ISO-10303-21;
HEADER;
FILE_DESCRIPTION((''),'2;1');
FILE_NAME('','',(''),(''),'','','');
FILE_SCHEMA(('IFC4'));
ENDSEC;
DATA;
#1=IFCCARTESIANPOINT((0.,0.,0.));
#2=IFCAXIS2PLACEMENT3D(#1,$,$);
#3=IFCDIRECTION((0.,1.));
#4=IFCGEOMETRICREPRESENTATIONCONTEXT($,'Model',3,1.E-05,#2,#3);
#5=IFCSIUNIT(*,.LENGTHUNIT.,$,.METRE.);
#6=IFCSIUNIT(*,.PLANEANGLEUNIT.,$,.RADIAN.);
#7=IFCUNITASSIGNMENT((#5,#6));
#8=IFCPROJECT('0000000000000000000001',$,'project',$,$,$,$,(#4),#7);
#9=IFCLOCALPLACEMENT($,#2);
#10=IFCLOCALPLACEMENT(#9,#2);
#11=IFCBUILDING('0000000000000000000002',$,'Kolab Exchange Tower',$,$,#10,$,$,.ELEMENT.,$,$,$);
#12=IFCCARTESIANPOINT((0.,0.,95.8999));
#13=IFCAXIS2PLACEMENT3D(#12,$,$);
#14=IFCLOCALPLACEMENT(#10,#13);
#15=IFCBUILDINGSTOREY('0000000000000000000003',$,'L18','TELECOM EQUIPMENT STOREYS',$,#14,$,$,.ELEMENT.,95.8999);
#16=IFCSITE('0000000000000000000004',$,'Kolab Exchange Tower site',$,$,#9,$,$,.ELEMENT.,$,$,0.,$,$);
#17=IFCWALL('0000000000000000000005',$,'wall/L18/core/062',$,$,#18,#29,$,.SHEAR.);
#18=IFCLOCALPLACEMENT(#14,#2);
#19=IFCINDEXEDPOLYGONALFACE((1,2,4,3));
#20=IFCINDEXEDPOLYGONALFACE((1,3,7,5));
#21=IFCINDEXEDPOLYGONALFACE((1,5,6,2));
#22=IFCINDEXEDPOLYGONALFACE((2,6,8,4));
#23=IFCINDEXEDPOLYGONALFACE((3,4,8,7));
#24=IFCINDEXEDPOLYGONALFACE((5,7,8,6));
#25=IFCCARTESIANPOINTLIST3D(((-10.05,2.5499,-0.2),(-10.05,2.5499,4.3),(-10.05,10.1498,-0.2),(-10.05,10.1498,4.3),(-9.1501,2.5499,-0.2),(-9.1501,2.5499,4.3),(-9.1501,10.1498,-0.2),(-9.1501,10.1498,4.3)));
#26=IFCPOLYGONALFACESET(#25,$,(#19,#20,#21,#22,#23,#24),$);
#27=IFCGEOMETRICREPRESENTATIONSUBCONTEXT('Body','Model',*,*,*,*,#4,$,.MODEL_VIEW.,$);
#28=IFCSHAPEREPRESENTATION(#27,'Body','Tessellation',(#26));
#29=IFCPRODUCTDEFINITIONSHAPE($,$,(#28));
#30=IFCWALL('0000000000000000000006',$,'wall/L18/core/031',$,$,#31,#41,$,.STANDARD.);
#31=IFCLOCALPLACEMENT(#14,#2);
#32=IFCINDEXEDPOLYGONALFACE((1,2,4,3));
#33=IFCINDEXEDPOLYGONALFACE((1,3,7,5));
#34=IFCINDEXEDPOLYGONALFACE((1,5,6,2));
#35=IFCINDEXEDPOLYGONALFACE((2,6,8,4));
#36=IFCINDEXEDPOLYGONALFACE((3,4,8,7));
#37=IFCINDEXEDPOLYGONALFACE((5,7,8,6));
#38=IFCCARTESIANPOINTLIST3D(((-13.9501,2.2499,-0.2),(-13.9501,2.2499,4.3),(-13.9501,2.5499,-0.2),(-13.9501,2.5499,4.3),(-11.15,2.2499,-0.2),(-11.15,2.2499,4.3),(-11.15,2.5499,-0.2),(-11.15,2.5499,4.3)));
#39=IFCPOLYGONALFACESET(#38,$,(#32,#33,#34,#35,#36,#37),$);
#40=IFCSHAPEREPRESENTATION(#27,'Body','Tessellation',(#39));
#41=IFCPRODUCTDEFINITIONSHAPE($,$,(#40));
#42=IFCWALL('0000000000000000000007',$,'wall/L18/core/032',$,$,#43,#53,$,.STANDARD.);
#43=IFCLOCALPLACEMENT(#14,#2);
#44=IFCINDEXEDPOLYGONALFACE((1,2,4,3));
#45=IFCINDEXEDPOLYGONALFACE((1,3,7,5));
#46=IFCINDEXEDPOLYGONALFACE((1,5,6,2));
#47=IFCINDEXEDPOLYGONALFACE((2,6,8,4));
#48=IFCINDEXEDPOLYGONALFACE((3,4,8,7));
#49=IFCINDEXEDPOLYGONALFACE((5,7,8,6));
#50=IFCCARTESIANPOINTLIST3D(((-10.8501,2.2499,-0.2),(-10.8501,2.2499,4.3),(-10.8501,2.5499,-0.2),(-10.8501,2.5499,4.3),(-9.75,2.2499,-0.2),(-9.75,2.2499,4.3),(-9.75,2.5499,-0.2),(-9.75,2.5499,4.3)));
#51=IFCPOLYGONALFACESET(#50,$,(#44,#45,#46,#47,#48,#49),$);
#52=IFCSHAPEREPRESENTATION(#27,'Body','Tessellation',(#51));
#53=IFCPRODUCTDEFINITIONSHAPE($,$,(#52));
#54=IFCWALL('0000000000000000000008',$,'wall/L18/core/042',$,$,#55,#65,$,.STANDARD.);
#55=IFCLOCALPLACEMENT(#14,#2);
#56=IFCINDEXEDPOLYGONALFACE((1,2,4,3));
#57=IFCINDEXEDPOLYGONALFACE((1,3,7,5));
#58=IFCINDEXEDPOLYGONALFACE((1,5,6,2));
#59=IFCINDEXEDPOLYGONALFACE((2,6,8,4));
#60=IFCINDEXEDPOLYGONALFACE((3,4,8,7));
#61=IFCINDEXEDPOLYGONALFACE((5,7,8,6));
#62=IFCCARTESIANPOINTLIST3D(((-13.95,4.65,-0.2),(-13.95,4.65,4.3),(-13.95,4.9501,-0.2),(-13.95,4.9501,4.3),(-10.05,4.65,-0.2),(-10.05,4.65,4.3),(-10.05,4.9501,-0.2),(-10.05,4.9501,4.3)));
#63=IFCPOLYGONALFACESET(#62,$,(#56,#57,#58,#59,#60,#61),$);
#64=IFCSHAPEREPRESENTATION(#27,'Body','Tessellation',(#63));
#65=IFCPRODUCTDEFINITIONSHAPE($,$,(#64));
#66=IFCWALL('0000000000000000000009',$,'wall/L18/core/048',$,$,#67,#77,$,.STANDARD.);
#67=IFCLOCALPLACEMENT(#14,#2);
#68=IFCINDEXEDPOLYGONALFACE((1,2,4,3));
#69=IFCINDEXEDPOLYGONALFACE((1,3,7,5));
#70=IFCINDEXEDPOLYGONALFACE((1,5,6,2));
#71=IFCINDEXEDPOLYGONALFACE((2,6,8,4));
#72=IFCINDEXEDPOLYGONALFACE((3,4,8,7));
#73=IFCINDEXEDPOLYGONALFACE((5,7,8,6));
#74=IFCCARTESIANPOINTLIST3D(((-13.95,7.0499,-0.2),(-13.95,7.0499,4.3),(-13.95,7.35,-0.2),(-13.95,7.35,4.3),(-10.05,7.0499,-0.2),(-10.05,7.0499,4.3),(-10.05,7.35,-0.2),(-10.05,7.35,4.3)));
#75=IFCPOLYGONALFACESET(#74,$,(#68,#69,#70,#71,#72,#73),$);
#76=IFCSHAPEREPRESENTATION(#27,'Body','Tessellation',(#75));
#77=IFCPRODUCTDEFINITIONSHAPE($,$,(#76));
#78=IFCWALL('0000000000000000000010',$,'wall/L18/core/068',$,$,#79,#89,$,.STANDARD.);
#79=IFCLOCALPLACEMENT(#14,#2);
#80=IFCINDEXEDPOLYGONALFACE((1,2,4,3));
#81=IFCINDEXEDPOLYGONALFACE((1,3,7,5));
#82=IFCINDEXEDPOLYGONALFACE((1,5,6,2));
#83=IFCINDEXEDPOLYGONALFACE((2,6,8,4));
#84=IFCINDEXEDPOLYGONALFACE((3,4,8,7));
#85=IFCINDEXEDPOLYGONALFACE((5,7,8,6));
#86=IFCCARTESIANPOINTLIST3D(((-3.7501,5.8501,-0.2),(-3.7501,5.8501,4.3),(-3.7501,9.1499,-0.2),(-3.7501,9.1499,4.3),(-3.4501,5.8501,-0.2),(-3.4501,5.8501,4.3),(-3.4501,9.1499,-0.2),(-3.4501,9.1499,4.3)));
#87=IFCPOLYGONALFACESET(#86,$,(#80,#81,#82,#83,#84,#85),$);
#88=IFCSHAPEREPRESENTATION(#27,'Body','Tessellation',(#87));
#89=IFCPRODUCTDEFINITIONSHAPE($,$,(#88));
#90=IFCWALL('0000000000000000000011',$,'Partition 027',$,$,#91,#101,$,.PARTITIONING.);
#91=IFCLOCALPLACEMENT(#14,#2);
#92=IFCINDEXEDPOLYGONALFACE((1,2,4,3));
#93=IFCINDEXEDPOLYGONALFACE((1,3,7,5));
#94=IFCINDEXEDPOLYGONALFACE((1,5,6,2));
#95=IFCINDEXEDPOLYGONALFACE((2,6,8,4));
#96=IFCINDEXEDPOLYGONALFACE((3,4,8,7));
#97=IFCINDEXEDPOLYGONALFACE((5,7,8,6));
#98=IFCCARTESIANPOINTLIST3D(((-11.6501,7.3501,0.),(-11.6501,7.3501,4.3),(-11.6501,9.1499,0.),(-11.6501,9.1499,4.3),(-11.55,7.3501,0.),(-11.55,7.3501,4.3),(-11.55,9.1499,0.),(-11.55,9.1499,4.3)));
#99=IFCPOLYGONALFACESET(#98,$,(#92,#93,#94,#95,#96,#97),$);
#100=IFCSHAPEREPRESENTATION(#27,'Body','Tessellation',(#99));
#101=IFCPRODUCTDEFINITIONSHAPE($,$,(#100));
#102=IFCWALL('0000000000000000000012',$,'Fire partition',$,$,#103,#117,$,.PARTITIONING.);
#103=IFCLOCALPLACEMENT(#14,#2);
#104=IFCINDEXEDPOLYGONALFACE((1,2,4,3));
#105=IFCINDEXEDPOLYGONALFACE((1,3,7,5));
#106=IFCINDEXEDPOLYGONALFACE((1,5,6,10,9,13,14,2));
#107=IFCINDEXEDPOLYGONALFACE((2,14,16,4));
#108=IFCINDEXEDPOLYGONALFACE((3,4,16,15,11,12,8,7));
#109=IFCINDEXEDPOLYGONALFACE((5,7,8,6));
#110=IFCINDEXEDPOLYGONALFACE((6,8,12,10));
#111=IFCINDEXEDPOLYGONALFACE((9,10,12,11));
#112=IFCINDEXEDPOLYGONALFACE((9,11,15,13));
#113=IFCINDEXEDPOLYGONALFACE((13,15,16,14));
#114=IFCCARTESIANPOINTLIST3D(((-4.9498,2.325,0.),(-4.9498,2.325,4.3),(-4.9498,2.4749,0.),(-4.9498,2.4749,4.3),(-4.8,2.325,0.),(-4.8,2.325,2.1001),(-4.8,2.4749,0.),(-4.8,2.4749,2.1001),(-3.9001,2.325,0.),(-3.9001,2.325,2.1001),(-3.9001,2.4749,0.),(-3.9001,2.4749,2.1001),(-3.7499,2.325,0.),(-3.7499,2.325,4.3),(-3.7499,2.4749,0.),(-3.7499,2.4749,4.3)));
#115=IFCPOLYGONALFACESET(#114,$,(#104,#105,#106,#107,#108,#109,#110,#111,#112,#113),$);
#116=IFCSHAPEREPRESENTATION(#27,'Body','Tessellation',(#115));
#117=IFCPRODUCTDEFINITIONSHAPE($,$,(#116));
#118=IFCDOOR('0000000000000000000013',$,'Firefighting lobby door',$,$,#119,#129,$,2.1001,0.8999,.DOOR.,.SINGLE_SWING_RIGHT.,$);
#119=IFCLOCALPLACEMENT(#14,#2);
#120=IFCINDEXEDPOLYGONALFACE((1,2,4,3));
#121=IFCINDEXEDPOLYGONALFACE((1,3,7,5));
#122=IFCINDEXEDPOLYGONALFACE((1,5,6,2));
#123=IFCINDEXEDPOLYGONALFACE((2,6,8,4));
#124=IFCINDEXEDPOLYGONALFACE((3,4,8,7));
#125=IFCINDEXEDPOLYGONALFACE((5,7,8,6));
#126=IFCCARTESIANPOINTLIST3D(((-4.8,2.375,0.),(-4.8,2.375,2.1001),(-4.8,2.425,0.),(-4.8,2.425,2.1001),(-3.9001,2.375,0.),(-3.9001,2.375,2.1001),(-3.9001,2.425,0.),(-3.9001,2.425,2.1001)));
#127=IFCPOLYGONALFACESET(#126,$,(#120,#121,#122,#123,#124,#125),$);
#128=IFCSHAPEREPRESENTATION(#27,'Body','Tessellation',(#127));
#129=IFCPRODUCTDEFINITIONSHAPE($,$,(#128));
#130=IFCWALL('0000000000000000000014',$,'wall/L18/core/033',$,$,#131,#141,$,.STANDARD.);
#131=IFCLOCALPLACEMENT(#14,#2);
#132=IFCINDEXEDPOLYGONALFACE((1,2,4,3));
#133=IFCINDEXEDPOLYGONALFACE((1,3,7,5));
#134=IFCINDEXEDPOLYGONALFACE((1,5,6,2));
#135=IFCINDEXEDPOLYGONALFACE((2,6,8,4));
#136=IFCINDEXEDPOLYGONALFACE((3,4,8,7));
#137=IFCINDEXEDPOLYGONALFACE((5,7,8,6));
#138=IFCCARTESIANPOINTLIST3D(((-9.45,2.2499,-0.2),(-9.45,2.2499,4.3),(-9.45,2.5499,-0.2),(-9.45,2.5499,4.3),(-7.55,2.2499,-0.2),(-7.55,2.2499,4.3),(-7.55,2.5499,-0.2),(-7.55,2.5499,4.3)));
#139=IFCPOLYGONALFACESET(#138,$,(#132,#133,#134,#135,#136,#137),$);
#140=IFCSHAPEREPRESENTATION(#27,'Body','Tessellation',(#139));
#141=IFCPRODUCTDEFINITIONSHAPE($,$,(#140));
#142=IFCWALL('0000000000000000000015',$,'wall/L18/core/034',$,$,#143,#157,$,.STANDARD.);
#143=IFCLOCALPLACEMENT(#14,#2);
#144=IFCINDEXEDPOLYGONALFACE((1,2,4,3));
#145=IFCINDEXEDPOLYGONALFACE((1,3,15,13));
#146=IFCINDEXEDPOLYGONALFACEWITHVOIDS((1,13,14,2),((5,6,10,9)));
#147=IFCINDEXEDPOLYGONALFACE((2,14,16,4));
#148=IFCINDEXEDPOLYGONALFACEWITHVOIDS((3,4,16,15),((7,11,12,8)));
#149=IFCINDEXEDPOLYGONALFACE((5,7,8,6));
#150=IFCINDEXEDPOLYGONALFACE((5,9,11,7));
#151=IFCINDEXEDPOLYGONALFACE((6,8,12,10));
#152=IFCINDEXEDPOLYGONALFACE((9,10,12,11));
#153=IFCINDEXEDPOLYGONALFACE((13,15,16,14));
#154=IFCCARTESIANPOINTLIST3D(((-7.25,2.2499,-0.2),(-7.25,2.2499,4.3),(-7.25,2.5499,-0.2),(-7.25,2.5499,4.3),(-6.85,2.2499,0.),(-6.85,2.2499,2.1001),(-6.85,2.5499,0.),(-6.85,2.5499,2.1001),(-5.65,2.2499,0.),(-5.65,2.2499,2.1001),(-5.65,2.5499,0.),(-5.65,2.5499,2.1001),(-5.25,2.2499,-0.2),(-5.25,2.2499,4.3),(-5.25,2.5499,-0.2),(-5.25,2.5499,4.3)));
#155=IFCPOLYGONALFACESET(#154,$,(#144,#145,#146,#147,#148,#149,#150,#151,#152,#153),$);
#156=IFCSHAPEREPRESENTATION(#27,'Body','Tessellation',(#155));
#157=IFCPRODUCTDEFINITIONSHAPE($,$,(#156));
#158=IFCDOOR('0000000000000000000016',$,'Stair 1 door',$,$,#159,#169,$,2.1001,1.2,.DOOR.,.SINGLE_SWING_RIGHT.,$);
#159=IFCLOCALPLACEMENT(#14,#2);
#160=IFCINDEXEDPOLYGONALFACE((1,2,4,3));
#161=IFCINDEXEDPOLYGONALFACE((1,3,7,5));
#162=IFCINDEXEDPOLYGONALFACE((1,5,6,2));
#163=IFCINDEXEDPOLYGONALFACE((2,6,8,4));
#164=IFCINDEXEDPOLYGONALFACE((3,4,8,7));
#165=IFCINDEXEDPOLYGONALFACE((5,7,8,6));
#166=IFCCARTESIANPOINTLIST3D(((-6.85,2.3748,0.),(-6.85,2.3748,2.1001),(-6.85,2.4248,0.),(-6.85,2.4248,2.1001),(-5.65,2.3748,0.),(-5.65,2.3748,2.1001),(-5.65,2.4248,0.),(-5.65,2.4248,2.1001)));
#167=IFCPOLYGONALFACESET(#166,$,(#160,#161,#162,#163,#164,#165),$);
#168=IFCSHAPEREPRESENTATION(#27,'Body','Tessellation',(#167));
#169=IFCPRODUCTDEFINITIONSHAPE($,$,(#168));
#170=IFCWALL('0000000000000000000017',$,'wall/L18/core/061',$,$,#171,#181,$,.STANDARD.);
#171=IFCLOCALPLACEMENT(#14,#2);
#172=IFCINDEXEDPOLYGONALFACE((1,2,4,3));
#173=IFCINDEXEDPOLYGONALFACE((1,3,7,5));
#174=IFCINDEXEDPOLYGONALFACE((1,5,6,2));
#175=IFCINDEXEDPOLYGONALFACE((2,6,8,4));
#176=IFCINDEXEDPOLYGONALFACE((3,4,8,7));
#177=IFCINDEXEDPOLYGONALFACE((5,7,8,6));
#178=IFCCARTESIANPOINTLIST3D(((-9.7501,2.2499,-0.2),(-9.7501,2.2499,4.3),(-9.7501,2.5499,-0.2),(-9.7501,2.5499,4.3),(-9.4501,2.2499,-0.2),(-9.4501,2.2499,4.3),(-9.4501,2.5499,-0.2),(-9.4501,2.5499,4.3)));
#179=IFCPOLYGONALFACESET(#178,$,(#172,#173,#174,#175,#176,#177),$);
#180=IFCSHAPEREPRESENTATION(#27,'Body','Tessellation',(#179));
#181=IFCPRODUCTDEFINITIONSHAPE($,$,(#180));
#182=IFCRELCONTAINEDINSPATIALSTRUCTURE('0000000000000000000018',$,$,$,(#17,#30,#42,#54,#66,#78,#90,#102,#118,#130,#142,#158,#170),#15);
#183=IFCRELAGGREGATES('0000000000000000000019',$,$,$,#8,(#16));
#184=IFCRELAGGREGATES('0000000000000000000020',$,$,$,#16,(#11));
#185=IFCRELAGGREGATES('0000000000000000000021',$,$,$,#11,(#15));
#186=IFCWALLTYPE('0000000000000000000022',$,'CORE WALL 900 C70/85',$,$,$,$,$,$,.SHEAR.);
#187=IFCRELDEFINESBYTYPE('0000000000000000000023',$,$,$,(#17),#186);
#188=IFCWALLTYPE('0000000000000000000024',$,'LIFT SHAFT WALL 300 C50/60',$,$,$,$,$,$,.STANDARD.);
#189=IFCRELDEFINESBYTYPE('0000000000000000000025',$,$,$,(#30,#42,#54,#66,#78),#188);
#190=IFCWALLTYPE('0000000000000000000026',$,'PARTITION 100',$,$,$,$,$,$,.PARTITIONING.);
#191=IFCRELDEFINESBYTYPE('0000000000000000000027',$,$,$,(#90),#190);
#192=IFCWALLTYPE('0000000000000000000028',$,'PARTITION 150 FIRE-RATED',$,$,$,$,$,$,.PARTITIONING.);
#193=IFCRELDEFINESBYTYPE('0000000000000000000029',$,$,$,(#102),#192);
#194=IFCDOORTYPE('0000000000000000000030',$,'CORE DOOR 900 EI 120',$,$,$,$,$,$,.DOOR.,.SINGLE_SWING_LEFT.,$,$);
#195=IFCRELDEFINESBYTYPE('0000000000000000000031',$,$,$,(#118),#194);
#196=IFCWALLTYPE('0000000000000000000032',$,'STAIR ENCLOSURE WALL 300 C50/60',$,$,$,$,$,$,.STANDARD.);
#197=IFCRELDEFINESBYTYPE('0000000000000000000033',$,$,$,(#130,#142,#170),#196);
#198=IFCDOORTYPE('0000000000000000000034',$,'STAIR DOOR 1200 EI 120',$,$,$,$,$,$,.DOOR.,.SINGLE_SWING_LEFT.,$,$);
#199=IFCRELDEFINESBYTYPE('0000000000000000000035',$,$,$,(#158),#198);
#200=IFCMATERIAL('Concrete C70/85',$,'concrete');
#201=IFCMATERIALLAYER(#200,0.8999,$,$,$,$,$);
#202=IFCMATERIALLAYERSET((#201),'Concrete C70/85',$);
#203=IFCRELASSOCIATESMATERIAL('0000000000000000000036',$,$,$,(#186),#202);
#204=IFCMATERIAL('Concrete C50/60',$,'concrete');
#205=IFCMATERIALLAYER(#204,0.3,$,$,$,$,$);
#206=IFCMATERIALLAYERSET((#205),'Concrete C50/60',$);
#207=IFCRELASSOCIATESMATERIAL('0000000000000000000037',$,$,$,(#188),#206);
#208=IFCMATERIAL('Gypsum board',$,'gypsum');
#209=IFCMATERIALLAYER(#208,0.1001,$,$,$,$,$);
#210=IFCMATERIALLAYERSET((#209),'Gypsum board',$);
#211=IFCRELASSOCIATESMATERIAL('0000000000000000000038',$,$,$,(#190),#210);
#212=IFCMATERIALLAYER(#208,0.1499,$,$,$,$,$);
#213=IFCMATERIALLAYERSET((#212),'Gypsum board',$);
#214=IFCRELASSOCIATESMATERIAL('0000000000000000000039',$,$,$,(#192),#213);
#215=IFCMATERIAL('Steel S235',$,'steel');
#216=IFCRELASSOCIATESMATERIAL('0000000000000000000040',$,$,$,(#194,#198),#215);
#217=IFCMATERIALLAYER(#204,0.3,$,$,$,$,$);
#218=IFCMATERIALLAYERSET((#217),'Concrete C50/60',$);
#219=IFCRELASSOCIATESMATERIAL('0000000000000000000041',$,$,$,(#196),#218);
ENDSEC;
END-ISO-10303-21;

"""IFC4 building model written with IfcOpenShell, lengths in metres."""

from ifc_helpers import new_model, si_unit, direction, frame, frame_2d, origin, place, context, subcontext, project, spatial, rectangle, extrude, material, layer, layer_set, type_object, element, fill, save


model = new_model("IFC4")

# Units and contexts
model_context = context("Model", 3, precision=1e-05, world=origin(), true_north=direction((0.0, 1.0)))
body_context = subcontext(model_context, "Body", "Model", "MODEL_VIEW")
ifc_project = project(units=[si_unit("LENGTHUNIT", "METRE"), si_unit("PLANEANGLEUNIT", "RADIAN")], contexts=[model_context])

# Site, building, storey
site_placement = place(None, origin())
site = spatial("IfcSite", under=ifc_project, at=site_placement, Name="Kolab Exchange Tower site", CompositionType="ELEMENT", RefElevation=0.0)
building_placement = place(site_placement, origin())
building = spatial("IfcBuilding", under=site, at=building_placement, Name="Kolab Exchange Tower", CompositionType="ELEMENT")
storey_placement = place(building_placement, frame((0.0, 0.0, 95.8999)))
storey = spatial("IfcBuildingStorey", under=building, at=storey_placement, Name="L18", Description="TELECOM EQUIPMENT STOREYS", CompositionType="ELEMENT", Elevation=95.8999)

# Walls
ifc_material_1 = material(Name="Concrete C70/85", Category="concrete")
ifc_layer_1 = layer(ifc_material_1, 0.8999)
ifc_layer_set_1 = layer_set([ifc_layer_1], Name="Concrete C70/85")
wall_type_1 = type_object("IfcWallType", Name="CORE WALL 900 C70/85", PredefinedType="SHEAR", material=ifc_layer_set_1)
wall_1_placement = place(storey_placement, frame((-9.6001, 2.55, -0.2), z_axis=(0.0, 0.0, 1.0), x_axis=(0.0, 1.0, 0.0)))
element("IfcWall", 1, at=wall_1_placement, inside=storey, type_object=wall_type_1, Name="wall/L18/core/062", PredefinedType="SHEAR", context=body_context, shape_type="SweptSolid", body=[
    extrude(rectangle(XDim=7.5999, YDim=0.8999, at=frame_2d((3.7998, 0.0))), origin(), (0.0, 0.0, 1.0), 4.5),
])
ifc_material_2 = material(Name="Concrete C50/60", Category="concrete")
ifc_layer_2 = layer(ifc_material_2, 0.3)
ifc_layer_set_2 = layer_set([ifc_layer_2], Name="Concrete C50/60")
wall_type_2 = type_object("IfcWallType", Name="LIFT SHAFT WALL 300 C50/60", PredefinedType="STANDARD", material=ifc_layer_set_2)
wall_2_placement = place(storey_placement, frame((-13.95, 2.3999, -0.2), z_axis=(0.0, 0.0, 1.0), x_axis=(1.0, 0.0, 0.0)))
element("IfcWall", 2, at=wall_2_placement, inside=storey, type_object=wall_type_2, Name="wall/L18/core/031", PredefinedType="STANDARD", context=body_context, shape_type="SweptSolid", body=[
    extrude(rectangle(XDim=2.8, YDim=0.3, at=frame_2d((1.3999, 0.0))), origin(), (0.0, 0.0, 1.0), 4.5),
])
wall_3_placement = place(storey_placement, frame((-10.8501, 2.3999, -0.2), z_axis=(0.0, 0.0, 1.0), x_axis=(1.0, 0.0, 0.0)))
element("IfcWall", 3, at=wall_3_placement, inside=storey, type_object=wall_type_2, Name="wall/L18/core/032", PredefinedType="STANDARD", context=body_context, shape_type="SweptSolid", body=[
    extrude(rectangle(XDim=1.1001, YDim=0.3, at=frame_2d((0.55, 0.0))), origin(), (0.0, 0.0, 1.0), 4.5),
])
for number, where, z_axis, x_axis, name in (
    (4, (-13.95, 4.8, -0.2), (0.0, 0.0, 1.0), (1.0, 0.0, 0.0), "wall/L18/core/042"),
    (5, (-13.95, 7.2, -0.2), (0.0, 0.0, 1.0), (1.0, 0.0, 0.0), "wall/L18/core/048"),
):
    element("IfcWall", number, at=place(storey_placement, frame(where, z_axis=z_axis, x_axis=x_axis)), inside=storey, type_object=wall_type_2, Name=name, PredefinedType="STANDARD", context=body_context, shape_type="SweptSolid", body=[
        extrude(rectangle(XDim=3.8999, YDim=0.3, at=frame_2d((1.95, 0.0))), origin(), (0.0, 0.0, 1.0), 4.5),
    ])
wall_4_placement = place(storey_placement, frame((-3.6001, 5.8501, -0.2), z_axis=(0.0, 0.0, 1.0), x_axis=(0.0, 1.0, 0.0)))
element("IfcWall", 6, at=wall_4_placement, inside=storey, type_object=wall_type_2, Name="wall/L18/core/068", PredefinedType="STANDARD", context=body_context, shape_type="SweptSolid", body=[
    extrude(rectangle(XDim=3.2998, YDim=0.3, at=frame_2d((1.6499, 0.0))), origin(), (0.0, 0.0, 1.0), 4.5),
])
ifc_material_3 = material(Name="Gypsum board", Category="gypsum")
ifc_layer_3 = layer(ifc_material_3, 0.1001)
ifc_layer_set_3 = layer_set([ifc_layer_3], Name="Gypsum board")
wall_type_3 = type_object("IfcWallType", Name="PARTITION 100", PredefinedType="PARTITIONING", material=ifc_layer_set_3)
wall_5_placement = place(storey_placement, frame((-11.6001, 7.3501, 0.0), z_axis=(0.0, 0.0, 1.0), x_axis=(0.0, 1.0, 0.0)))
element("IfcWall", 7, at=wall_5_placement, inside=storey, type_object=wall_type_3, Name="Partition 027", PredefinedType="PARTITIONING", context=body_context, shape_type="SweptSolid", body=[
    extrude(rectangle(XDim=1.7998, YDim=0.1001, at=frame_2d((0.8999, 0.0))), origin(), (0.0, 0.0, 1.0), 4.3),
])

# Wall, opening, door
ifc_layer_4 = layer(ifc_material_3, 0.1499)
ifc_layer_set_4 = layer_set([ifc_layer_4], Name="Gypsum board")
wall_type_4 = type_object("IfcWallType", Name="PARTITION 150 FIRE-RATED", PredefinedType="PARTITIONING", material=ifc_layer_set_4)
wall_6_placement = place(storey_placement, frame((-4.95, 2.3999, 0.0), z_axis=(0.0, 0.0, 1.0), x_axis=(1.0, 0.0, 0.0)))
wall_6 = element("IfcWall", 8, at=wall_6_placement, inside=storey, type_object=wall_type_4, Name="Fire partition", PredefinedType="PARTITIONING", context=body_context, shape_type="SweptSolid", body=[
    extrude(rectangle(XDim=1.2, YDim=0.1499, at=frame_2d((0.6001, 0.0))), origin(), (0.0, 0.0, 1.0), 4.3),
])
opening_1_placement = place(wall_6_placement, frame((0.1499, 0.0, 0.0)))
opening_1 = element("IfcOpeningElement", 9, at=opening_1_placement, cuts=wall_6, PredefinedType="OPENING", context=body_context, shape_type="SweptSolid", body=[
    extrude(rectangle(XDim=0.8999, YDim=2.1001, at=frame_2d((0.45, 1.05))), frame((0.0, 0.085, 0.0), z_axis=(0.0, -1.0, 0.0), x_axis=(1.0, 0.0, 0.0)), (0.0, 0.0, 1.0), 0.1699),
])
ifc_material_4 = material(Name="Steel S235", Category="steel")
door_type_1 = type_object("IfcDoorType", Name="CORE DOOR 900 EI 120", OperationType="SINGLE_SWING_LEFT", PredefinedType="DOOR", material=ifc_material_4)
door_1_placement = place(opening_1_placement, frame((0.8999, 0.0, 0.0), z_axis=(0.0, 0.0, 1.0), x_axis=(-1.0, 0.0, 0.0)))
door_1 = element("IfcDoor", 10, at=door_1_placement, inside=storey, type_object=door_type_1, Name="Firefighting lobby door", OperationType="SINGLE_SWING_RIGHT", OverallHeight=2.1001, OverallWidth=0.8999, PredefinedType="DOOR", context=body_context, shape_type="SweptSolid", body=[
    extrude(rectangle(XDim=0.8999, YDim=2.1001, at=frame_2d((0.45, 1.05))), frame((0.0, 0.0249, 0.0), z_axis=(0.0, -1.0, 0.0), x_axis=(1.0, 0.0, 0.0)), (0.0, 0.0, 1.0), 0.05),
])
fill(opening_1, door_1)

# Wall
ifc_layer_5 = layer(ifc_material_2, 0.3)
ifc_layer_set_5 = layer_set([ifc_layer_5], Name="Concrete C50/60")
wall_type_5 = type_object("IfcWallType", Name="STAIR ENCLOSURE WALL 300 C50/60", PredefinedType="STANDARD", material=ifc_layer_set_5)
wall_7_placement = place(storey_placement, frame((-9.45, 2.3999, -0.2), z_axis=(0.0, 0.0, 1.0), x_axis=(1.0, 0.0, 0.0)))
element("IfcWall", 11, at=wall_7_placement, inside=storey, type_object=wall_type_5, Name="wall/L18/core/033", PredefinedType="STANDARD", context=body_context, shape_type="SweptSolid", body=[
    extrude(rectangle(XDim=1.8999, YDim=0.3, at=frame_2d((0.95, 0.0))), origin(), (0.0, 0.0, 1.0), 4.5),
])

# Wall, opening, door
wall_8_placement = place(storey_placement, frame((-7.25, 2.3999, -0.2), z_axis=(0.0, 0.0, 1.0), x_axis=(1.0, 0.0, 0.0)))
wall_8 = element("IfcWall", 12, at=wall_8_placement, inside=storey, type_object=wall_type_5, Name="wall/L18/core/034", PredefinedType="STANDARD", context=body_context, shape_type="SweptSolid", body=[
    extrude(rectangle(XDim=2.0, YDim=0.3, at=frame_2d((1.0, 0.0))), origin(), (0.0, 0.0, 1.0), 4.5),
])
opening_2_placement = place(wall_8_placement, frame((0.3999, 0.0, 0.2)))
opening_2 = element("IfcOpeningElement", 13, at=opening_2_placement, cuts=wall_8, PredefinedType="OPENING", context=body_context, shape_type="SweptSolid", body=[
    extrude(rectangle(XDim=1.2, YDim=2.1001, at=frame_2d((0.6001, 1.05))), frame((0.0, 0.1602, 0.0), z_axis=(0.0, -1.0, 0.0), x_axis=(1.0, 0.0, 0.0)), (0.0, 0.0, 1.0), 0.3201),
])
door_type_2 = type_object("IfcDoorType", Name="STAIR DOOR 1200 EI 120", OperationType="SINGLE_SWING_LEFT", PredefinedType="DOOR", material=ifc_material_4)
door_2_placement = place(opening_2_placement, origin())
door_2 = element("IfcDoor", 14, at=door_2_placement, inside=storey, type_object=door_type_2, Name="Stair 1 door", OperationType="SINGLE_SWING_RIGHT", OverallHeight=2.1001, OverallWidth=1.2, PredefinedType="DOOR", context=body_context, shape_type="SweptSolid", body=[
    extrude(rectangle(XDim=1.2, YDim=2.1001, at=frame_2d((0.6001, 1.05))), frame((0.0, 0.0249, 0.0), z_axis=(0.0, -1.0, 0.0), x_axis=(1.0, 0.0, 0.0)), (0.0, 0.0, 1.0), 0.05),
])
fill(opening_2, door_2)

# Wall
wall_9_placement = place(storey_placement, frame((-9.6001, 2.25, -0.2), z_axis=(0.0, 0.0, 1.0), x_axis=(0.0, 1.0, 0.0)))
element("IfcWall", 15, at=wall_9_placement, inside=storey, type_object=wall_type_5, Name="wall/L18/core/061", PredefinedType="STANDARD", context=body_context, shape_type="SweptSolid", body=[
    extrude(rectangle(XDim=0.3, YDim=0.3, at=frame_2d((0.1499, 0.0))), origin(), (0.0, 0.0, 1.0), 4.5),
])

save(model, "model.ifc")
